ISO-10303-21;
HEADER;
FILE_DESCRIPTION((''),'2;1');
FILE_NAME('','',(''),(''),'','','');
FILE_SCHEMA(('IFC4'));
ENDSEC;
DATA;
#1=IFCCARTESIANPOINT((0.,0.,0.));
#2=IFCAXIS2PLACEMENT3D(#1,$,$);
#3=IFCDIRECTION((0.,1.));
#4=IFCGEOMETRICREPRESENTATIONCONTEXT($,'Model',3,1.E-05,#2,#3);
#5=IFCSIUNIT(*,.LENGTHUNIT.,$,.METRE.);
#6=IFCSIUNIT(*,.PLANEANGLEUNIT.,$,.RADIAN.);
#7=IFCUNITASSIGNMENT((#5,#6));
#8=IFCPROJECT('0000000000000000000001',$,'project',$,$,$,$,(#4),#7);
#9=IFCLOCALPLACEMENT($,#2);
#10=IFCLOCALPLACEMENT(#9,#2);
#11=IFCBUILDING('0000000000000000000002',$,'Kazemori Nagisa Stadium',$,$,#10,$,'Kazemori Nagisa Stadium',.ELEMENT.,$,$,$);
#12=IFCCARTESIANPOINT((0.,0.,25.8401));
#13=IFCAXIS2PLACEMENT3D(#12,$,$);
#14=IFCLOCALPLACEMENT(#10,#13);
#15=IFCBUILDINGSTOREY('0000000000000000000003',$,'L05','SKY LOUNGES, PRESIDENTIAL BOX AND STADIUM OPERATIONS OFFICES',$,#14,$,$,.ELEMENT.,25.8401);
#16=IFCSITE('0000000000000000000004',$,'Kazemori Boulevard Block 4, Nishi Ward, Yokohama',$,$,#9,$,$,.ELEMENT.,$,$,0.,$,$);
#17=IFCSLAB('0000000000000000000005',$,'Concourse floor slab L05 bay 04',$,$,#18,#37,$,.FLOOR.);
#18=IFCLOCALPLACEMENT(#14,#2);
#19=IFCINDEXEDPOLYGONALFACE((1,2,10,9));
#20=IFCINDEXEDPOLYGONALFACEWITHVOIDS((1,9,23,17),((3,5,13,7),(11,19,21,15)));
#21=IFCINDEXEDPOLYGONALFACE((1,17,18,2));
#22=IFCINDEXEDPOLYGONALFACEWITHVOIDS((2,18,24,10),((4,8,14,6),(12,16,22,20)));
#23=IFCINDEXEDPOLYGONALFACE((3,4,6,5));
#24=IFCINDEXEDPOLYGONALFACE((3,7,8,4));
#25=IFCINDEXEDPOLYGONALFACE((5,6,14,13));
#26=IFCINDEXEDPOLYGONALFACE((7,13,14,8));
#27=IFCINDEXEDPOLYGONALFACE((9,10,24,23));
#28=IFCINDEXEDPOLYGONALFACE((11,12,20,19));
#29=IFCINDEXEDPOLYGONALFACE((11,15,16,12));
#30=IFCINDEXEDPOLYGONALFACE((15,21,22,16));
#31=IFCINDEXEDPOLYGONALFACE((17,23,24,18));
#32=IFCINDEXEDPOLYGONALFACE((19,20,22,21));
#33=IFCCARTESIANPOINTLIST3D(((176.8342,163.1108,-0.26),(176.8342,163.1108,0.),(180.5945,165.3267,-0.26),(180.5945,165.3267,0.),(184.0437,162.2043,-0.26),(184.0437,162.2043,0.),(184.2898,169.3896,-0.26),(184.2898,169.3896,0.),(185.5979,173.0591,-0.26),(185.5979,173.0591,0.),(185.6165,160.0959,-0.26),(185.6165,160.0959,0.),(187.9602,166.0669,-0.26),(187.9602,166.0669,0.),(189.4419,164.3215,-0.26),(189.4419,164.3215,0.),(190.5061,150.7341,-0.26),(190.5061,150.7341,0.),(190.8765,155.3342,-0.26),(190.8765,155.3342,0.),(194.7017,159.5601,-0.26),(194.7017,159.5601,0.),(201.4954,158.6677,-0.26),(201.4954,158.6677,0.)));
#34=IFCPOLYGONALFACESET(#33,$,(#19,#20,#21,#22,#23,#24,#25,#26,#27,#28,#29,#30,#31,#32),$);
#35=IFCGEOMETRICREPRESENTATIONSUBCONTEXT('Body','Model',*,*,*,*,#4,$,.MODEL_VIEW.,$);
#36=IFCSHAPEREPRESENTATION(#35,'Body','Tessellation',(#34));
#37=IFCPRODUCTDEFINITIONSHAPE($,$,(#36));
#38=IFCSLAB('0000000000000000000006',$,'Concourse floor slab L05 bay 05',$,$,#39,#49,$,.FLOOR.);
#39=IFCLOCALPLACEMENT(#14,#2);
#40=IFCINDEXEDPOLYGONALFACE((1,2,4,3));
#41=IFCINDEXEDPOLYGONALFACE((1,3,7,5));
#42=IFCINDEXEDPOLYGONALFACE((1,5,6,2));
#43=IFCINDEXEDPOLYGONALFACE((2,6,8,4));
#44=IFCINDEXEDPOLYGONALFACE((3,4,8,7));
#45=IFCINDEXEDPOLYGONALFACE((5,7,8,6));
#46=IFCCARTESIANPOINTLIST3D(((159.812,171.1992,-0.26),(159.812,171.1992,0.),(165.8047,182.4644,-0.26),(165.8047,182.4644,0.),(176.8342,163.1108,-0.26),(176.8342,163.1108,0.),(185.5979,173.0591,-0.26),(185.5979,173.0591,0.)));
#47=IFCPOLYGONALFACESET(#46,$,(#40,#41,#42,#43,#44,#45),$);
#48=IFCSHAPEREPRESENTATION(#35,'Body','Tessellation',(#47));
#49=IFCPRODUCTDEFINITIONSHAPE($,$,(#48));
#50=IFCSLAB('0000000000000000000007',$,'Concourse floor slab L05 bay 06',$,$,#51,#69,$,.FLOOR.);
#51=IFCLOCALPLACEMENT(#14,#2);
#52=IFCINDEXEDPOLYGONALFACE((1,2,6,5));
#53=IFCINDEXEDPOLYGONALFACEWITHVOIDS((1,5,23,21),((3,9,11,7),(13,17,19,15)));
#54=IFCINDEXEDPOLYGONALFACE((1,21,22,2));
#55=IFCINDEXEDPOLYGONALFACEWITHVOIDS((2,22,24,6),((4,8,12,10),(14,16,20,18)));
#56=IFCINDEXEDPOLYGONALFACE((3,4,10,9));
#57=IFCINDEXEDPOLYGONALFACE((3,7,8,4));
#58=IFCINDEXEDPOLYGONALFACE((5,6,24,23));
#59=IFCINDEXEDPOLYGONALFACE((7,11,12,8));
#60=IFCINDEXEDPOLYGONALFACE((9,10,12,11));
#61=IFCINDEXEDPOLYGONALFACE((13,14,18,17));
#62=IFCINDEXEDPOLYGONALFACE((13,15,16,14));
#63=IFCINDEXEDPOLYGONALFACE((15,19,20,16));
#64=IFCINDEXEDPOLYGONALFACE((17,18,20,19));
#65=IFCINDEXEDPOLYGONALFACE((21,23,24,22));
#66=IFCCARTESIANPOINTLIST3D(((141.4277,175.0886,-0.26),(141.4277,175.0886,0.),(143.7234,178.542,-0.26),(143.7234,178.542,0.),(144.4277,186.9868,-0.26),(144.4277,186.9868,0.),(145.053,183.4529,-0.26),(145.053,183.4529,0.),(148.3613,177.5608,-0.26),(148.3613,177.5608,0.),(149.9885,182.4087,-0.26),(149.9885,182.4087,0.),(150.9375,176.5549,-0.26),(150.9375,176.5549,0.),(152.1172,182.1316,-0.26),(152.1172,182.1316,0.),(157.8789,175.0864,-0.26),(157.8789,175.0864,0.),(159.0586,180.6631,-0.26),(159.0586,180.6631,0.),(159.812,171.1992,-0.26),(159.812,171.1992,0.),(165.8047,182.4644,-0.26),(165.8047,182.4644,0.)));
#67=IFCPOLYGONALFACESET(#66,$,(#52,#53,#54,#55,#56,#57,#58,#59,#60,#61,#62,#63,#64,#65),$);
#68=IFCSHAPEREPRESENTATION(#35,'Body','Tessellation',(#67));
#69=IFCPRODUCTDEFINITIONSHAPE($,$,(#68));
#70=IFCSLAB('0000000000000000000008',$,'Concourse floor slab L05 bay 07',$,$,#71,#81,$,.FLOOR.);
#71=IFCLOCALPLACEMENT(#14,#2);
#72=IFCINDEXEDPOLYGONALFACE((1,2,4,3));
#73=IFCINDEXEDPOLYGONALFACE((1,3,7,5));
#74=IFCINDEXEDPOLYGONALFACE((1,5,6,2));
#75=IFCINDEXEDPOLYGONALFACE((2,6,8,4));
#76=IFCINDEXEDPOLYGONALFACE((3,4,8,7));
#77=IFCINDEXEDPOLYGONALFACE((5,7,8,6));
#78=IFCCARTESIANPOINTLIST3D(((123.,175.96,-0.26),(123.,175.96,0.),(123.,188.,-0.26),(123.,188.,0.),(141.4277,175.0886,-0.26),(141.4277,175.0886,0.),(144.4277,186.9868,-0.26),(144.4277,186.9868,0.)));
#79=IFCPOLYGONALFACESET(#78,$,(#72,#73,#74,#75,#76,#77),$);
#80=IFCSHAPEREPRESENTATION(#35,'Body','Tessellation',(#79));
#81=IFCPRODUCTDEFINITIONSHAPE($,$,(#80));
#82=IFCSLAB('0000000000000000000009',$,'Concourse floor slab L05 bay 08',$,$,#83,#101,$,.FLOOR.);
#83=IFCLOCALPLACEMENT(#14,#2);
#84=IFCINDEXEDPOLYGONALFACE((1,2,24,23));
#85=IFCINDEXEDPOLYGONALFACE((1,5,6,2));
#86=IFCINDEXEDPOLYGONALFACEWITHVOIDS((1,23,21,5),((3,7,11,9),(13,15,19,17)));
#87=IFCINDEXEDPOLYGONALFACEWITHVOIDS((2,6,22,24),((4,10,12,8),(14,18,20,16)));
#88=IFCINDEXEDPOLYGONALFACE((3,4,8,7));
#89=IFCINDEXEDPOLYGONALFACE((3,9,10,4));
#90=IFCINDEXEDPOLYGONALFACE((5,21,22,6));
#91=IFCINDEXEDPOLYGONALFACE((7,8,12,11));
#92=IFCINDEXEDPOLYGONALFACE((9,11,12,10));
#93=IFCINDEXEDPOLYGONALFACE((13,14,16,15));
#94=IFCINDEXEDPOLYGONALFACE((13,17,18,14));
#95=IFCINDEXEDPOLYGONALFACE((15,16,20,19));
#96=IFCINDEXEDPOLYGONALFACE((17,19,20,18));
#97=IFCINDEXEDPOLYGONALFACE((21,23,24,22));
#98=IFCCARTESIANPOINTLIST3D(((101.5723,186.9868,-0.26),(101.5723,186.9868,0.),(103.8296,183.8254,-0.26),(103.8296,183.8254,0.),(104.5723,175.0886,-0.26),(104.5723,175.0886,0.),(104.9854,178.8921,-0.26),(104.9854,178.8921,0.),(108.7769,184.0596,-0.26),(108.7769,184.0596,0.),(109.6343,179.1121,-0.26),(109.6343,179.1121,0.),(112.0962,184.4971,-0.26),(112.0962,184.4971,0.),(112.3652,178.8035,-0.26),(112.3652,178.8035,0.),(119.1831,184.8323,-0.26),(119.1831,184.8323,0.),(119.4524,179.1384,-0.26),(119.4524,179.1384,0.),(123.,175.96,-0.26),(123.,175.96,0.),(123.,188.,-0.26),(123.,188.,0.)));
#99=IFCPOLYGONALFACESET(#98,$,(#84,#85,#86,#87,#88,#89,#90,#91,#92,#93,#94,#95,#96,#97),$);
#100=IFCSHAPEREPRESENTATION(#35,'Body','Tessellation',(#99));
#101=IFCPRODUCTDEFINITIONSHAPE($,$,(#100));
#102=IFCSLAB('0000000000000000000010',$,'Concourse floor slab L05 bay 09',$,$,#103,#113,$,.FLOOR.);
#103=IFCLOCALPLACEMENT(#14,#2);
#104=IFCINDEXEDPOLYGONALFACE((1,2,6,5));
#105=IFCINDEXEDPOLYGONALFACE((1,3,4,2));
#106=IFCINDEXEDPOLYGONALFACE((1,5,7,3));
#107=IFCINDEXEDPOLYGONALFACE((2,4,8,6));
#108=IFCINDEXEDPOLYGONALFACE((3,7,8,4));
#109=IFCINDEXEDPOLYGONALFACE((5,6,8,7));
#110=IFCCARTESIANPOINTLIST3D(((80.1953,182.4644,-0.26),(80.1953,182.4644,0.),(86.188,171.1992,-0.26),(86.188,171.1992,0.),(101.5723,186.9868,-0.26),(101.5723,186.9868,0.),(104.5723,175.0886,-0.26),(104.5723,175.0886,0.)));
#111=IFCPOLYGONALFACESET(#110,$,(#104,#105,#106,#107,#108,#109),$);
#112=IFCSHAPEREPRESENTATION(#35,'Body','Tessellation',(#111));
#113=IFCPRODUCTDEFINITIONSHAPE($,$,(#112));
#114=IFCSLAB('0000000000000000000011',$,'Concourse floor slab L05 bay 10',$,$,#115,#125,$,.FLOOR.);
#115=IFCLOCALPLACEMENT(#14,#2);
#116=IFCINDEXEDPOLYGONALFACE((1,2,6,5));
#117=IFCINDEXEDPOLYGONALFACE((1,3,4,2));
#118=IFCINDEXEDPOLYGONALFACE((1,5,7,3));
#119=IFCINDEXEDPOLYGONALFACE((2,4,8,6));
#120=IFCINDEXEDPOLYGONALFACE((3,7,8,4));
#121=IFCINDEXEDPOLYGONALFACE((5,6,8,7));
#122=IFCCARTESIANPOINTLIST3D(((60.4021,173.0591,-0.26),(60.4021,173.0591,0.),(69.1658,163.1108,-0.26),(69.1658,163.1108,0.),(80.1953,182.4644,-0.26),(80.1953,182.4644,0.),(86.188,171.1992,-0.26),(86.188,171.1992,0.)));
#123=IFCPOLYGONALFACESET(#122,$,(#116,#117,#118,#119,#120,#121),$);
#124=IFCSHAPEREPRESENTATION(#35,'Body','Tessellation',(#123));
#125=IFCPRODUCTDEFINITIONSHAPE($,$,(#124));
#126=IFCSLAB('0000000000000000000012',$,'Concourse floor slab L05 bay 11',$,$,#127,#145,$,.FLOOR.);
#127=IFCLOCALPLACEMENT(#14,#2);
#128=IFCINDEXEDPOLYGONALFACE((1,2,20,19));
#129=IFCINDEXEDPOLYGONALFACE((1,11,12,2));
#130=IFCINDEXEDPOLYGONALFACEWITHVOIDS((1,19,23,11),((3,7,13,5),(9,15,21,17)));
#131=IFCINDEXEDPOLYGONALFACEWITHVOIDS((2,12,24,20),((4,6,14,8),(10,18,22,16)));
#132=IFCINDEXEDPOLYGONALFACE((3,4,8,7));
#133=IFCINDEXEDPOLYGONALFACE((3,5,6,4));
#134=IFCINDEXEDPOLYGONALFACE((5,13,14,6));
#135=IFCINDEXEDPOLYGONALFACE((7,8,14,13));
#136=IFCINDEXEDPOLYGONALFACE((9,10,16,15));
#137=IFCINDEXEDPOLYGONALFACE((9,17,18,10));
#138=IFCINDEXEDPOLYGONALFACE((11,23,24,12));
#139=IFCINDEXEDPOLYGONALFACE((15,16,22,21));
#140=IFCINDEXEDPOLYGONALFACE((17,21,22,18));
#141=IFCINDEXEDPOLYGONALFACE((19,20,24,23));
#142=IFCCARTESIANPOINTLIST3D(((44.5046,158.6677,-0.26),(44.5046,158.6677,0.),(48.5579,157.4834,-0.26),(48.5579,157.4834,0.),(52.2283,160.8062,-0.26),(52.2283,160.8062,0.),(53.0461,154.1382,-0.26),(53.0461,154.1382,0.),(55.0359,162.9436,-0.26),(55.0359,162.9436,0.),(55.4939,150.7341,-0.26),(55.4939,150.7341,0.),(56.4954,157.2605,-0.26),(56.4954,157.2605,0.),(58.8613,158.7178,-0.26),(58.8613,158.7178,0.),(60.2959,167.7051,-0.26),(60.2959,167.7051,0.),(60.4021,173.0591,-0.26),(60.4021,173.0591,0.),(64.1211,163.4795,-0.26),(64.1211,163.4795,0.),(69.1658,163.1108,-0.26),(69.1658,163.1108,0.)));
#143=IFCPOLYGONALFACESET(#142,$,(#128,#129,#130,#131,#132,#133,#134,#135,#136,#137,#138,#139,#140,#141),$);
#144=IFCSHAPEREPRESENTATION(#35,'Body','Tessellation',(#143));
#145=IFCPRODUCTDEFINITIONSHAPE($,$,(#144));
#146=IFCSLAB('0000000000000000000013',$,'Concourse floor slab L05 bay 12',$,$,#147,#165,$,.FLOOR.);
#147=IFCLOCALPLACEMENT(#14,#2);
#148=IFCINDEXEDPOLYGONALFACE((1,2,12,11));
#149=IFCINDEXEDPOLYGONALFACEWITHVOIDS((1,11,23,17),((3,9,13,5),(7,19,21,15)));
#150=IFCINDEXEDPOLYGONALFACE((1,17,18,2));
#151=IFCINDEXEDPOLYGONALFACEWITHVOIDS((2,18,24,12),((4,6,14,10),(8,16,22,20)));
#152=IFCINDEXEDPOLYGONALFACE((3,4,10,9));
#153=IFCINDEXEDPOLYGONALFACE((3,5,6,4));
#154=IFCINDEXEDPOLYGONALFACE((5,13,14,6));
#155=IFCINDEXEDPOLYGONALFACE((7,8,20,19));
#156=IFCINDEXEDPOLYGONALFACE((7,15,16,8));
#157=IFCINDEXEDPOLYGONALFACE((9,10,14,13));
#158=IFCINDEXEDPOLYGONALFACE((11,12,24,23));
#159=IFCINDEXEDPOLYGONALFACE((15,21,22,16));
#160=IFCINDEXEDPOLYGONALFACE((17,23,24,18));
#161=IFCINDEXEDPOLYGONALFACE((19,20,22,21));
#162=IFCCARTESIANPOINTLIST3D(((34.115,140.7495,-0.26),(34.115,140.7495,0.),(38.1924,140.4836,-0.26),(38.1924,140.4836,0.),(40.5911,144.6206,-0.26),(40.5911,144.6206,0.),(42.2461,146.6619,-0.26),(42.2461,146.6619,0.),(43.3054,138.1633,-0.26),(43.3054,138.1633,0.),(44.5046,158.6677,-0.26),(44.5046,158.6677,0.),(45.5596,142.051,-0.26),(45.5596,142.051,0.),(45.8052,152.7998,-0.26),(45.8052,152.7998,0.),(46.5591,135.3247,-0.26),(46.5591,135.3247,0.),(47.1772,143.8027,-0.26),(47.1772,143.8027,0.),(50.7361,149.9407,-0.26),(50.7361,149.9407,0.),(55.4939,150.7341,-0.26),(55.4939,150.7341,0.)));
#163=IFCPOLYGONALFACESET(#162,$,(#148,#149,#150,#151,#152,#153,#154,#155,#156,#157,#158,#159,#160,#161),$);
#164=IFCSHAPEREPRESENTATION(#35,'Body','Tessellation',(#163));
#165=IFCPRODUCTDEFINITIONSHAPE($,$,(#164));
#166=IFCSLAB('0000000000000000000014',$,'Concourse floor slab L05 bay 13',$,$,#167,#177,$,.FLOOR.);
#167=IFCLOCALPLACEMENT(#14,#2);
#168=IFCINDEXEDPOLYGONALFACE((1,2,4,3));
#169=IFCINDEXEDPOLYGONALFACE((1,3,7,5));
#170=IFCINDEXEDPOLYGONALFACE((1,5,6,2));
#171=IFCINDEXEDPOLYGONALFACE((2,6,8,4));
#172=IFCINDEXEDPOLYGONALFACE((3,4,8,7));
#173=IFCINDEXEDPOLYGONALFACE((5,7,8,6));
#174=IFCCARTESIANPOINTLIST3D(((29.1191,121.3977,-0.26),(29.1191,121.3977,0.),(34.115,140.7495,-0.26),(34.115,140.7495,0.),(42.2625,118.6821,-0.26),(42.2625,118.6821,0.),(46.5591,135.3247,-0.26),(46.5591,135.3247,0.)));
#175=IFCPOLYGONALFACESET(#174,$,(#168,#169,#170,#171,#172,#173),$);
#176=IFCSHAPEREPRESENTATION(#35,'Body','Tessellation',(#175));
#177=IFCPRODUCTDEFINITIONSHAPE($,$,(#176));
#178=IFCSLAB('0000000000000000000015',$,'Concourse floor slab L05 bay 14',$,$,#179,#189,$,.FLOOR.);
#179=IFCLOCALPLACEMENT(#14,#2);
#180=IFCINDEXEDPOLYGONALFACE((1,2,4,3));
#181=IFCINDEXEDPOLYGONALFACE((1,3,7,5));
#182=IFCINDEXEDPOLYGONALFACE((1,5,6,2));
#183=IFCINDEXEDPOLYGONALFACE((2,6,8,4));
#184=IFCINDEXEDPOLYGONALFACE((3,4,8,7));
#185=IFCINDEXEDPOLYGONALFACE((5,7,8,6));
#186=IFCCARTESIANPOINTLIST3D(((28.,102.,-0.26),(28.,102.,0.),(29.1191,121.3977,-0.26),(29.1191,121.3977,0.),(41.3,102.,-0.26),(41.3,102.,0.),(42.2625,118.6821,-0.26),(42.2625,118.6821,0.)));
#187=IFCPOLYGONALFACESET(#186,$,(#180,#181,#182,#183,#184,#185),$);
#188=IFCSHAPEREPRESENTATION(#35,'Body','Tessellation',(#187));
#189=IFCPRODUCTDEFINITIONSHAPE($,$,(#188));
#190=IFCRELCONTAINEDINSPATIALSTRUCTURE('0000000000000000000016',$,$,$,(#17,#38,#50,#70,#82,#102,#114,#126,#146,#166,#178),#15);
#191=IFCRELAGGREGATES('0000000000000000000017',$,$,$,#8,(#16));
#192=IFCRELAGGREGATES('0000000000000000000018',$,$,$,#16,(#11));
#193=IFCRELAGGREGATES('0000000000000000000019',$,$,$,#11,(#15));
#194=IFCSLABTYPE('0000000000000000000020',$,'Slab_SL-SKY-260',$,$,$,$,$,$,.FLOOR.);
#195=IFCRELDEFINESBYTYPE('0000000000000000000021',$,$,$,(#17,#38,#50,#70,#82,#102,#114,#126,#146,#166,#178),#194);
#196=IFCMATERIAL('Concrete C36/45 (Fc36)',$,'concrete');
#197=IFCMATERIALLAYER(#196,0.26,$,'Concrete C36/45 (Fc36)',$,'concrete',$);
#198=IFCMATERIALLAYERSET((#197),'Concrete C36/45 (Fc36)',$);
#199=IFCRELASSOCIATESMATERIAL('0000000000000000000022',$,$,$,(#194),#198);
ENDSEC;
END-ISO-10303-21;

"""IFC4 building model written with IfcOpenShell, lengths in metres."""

from ifc_helpers import new_model, si_unit, direction, frame, origin, place, context, subcontext, project, spatial, polyline, outline, extrude, material, layer, layer_set, type_object, element, save


model = new_model("IFC4")

# Units and contexts
model_context = context("Model", 3, precision=1e-05, world=origin(), true_north=direction((0.0, 1.0)))
body_context = subcontext(model_context, "Body", "Model", "MODEL_VIEW")
ifc_project = project(units=[si_unit("LENGTHUNIT", "METRE"), si_unit("PLANEANGLEUNIT", "RADIAN")], contexts=[model_context])

# Site, building, storey
site_placement = place(None, origin())
site = spatial("IfcSite", under=ifc_project, at=site_placement, Name="Kazemori Boulevard Block 4, Nishi Ward, Yokohama", CompositionType="ELEMENT", RefElevation=0.0)
building_placement = place(site_placement, origin())
building = spatial("IfcBuilding", under=site, at=building_placement, Name="Kazemori Nagisa Stadium", LongName="Kazemori Nagisa Stadium", CompositionType="ELEMENT")
storey_placement = place(building_placement, frame((0.0, 0.0, 25.8401)))
storey = spatial("IfcBuildingStorey", under=building, at=storey_placement, Name="L05", Description="SKY LOUNGES, PRESIDENTIAL BOX AND STADIUM OPERATIONS OFFICES", CompositionType="ELEMENT", Elevation=25.8401)

# Slabs
ifc_material = material(Name="Concrete C36/45 (Fc36)", Category="concrete")
ifc_layer = layer(ifc_material, 0.26, Name="Concrete C36/45 (Fc36)", Category="concrete")
ifc_layer_set = layer_set([ifc_layer], Name="Concrete C36/45 (Fc36)")
slab_type = type_object("IfcSlabType", Name="Slab_SL-SKY-260", PredefinedType="FLOOR", material=ifc_layer_set)
slab_1_placement = place(storey_placement, frame((0.0, 0.0, -0.26)))
element("IfcSlab", 1, at=slab_1_placement, inside=storey, type_object=slab_type, Name="Concourse floor slab L05 bay 04", PredefinedType="FLOOR", context=body_context, shape_type="SweptSolid", body=[
    extrude(outline(polyline([(190.5061, 150.7341), (176.8342, 163.1108), (185.5979, 173.0591), (201.4954, 158.6677), (190.5061, 150.7341)]), holes=[polyline([(190.8765, 155.3342), (185.6165, 160.0959), (189.4419, 164.3215), (194.7017, 159.5601), (190.8765, 155.3342)]), polyline([(184.0437, 162.2043), (180.5945, 165.3267), (184.2898, 169.3896), (187.9602, 166.0669), (184.0437, 162.2043)])]), origin(), (0.0, 0.0, 1.0), 0.26),
])
slab_2_placement = place(storey_placement, frame((0.0, 0.0, -0.26)))
element("IfcSlab", 2, at=slab_2_placement, inside=storey, type_object=slab_type, Name="Concourse floor slab L05 bay 05", PredefinedType="FLOOR", context=body_context, shape_type="SweptSolid", body=[
    extrude(outline(polyline([(176.8342, 163.1108), (159.812, 171.1992), (165.8047, 182.4644), (185.5979, 173.0591), (176.8342, 163.1108)])), origin(), (0.0, 0.0, 1.0), 0.26),
])
slab_3_placement = place(storey_placement, frame((0.0, 0.0, -0.26)))
element("IfcSlab", 3, at=slab_3_placement, inside=storey, type_object=slab_type, Name="Concourse floor slab L05 bay 06", PredefinedType="FLOOR", context=body_context, shape_type="SweptSolid", body=[
    extrude(outline(polyline([(159.812, 171.1992), (141.4277, 175.0886), (144.4277, 186.9868), (165.8047, 182.4644), (159.812, 171.1992)]), holes=[polyline([(157.8789, 175.0864), (150.9375, 176.5549), (152.1172, 182.1316), (159.0586, 180.6631), (157.8789, 175.0864)]), polyline([(148.3613, 177.5608), (143.7234, 178.542), (145.053, 183.4529), (149.9885, 182.4087), (148.3613, 177.5608)])]), origin(), (0.0, 0.0, 1.0), 0.26),
])
slab_4_placement = place(storey_placement, frame((0.0, 0.0, -0.26)))
element("IfcSlab", 4, at=slab_4_placement, inside=storey, type_object=slab_type, Name="Concourse floor slab L05 bay 07", PredefinedType="FLOOR", context=body_context, shape_type="SweptSolid", body=[
    extrude(outline(polyline([(141.4277, 175.0886), (123.0, 175.96), (123.0, 188.0), (144.4277, 186.9868), (141.4277, 175.0886)])), origin(), (0.0, 0.0, 1.0), 0.26),
])
slab_5_placement = place(storey_placement, frame((0.0, 0.0, -0.26)))
element("IfcSlab", 5, at=slab_5_placement, inside=storey, type_object=slab_type, Name="Concourse floor slab L05 bay 08", PredefinedType="FLOOR", context=body_context, shape_type="SweptSolid", body=[
    extrude(outline(polyline([(123.0, 175.96), (104.5723, 175.0886), (101.5723, 186.9868), (123.0, 188.0), (123.0, 175.96)]), holes=[polyline([(119.4524, 179.1384), (112.3652, 178.8035), (112.0962, 184.4971), (119.1831, 184.8323), (119.4524, 179.1384)]), polyline([(109.6343, 179.1121), (104.9854, 178.8921), (103.8296, 183.8254), (108.7769, 184.0596), (109.6343, 179.1121)])]), origin(), (0.0, 0.0, 1.0), 0.26),
])
slab_6_placement = place(storey_placement, frame((0.0, 0.0, -0.26)))
element("IfcSlab", 6, at=slab_6_placement, inside=storey, type_object=slab_type, Name="Concourse floor slab L05 bay 09", PredefinedType="FLOOR", context=body_context, shape_type="SweptSolid", body=[
    extrude(outline(polyline([(104.5723, 175.0886), (86.188, 171.1992), (80.1953, 182.4644), (101.5723, 186.9868), (104.5723, 175.0886)])), origin(), (0.0, 0.0, 1.0), 0.26),
])
slab_7_placement = place(storey_placement, frame((0.0, 0.0, -0.26)))
element("IfcSlab", 7, at=slab_7_placement, inside=storey, type_object=slab_type, Name="Concourse floor slab L05 bay 10", PredefinedType="FLOOR", context=body_context, shape_type="SweptSolid", body=[
    extrude(outline(polyline([(86.188, 171.1992), (69.1658, 163.1108), (60.4021, 173.0591), (80.1953, 182.4644), (86.188, 171.1992)])), origin(), (0.0, 0.0, 1.0), 0.26),
])
slab_8_placement = place(storey_placement, frame((0.0, 0.0, -0.26)))
element("IfcSlab", 8, at=slab_8_placement, inside=storey, type_object=slab_type, Name="Concourse floor slab L05 bay 11", PredefinedType="FLOOR", context=body_context, shape_type="SweptSolid", body=[
    extrude(outline(polyline([(69.1658, 163.1108), (55.4939, 150.7341), (44.5046, 158.6677), (60.4021, 173.0591), (69.1658, 163.1108)]), holes=[polyline([(64.1211, 163.4795), (58.8613, 158.7178), (55.0359, 162.9436), (60.2959, 167.7051), (64.1211, 163.4795)]), polyline([(56.4954, 157.2605), (53.0461, 154.1382), (48.5579, 157.4834), (52.2283, 160.8062), (56.4954, 157.2605)])]), origin(), (0.0, 0.0, 1.0), 0.26),
])
slab_9_placement = place(storey_placement, frame((0.0, 0.0, -0.26)))
element("IfcSlab", 9, at=slab_9_placement, inside=storey, type_object=slab_type, Name="Concourse floor slab L05 bay 12", PredefinedType="FLOOR", context=body_context, shape_type="SweptSolid", body=[
    extrude(outline(polyline([(55.4939, 150.7341), (46.5591, 135.3247), (34.115, 140.7495), (44.5046, 158.6677), (55.4939, 150.7341)]), holes=[polyline([(50.7361, 149.9407), (47.1772, 143.8027), (42.2461, 146.6619), (45.8052, 152.7998), (50.7361, 149.9407)]), polyline([(45.5596, 142.051), (43.3054, 138.1633), (38.1924, 140.4836), (40.5911, 144.6206), (45.5596, 142.051)])]), origin(), (0.0, 0.0, 1.0), 0.26),
])
slab_10_placement = place(storey_placement, frame((0.0, 0.0, -0.26)))
element("IfcSlab", 10, at=slab_10_placement, inside=storey, type_object=slab_type, Name="Concourse floor slab L05 bay 13", PredefinedType="FLOOR", context=body_context, shape_type="SweptSolid", body=[
    extrude(outline(polyline([(46.5591, 135.3247), (42.2625, 118.6821), (29.1191, 121.3977), (34.115, 140.7495), (46.5591, 135.3247)])), origin(), (0.0, 0.0, 1.0), 0.26),
])
slab_11_placement = place(storey_placement, frame((0.0, 0.0, -0.26)))
element("IfcSlab", 11, at=slab_11_placement, inside=storey, type_object=slab_type, Name="Concourse floor slab L05 bay 14", PredefinedType="FLOOR", context=body_context, shape_type="SweptSolid", body=[
    extrude(outline(polyline([(42.2625, 118.6821), (41.3, 102.0), (28.0, 102.0), (29.1191, 121.3977), (42.2625, 118.6821)])), origin(), (0.0, 0.0, 1.0), 0.26),
])

save(model, "model.ifc")
